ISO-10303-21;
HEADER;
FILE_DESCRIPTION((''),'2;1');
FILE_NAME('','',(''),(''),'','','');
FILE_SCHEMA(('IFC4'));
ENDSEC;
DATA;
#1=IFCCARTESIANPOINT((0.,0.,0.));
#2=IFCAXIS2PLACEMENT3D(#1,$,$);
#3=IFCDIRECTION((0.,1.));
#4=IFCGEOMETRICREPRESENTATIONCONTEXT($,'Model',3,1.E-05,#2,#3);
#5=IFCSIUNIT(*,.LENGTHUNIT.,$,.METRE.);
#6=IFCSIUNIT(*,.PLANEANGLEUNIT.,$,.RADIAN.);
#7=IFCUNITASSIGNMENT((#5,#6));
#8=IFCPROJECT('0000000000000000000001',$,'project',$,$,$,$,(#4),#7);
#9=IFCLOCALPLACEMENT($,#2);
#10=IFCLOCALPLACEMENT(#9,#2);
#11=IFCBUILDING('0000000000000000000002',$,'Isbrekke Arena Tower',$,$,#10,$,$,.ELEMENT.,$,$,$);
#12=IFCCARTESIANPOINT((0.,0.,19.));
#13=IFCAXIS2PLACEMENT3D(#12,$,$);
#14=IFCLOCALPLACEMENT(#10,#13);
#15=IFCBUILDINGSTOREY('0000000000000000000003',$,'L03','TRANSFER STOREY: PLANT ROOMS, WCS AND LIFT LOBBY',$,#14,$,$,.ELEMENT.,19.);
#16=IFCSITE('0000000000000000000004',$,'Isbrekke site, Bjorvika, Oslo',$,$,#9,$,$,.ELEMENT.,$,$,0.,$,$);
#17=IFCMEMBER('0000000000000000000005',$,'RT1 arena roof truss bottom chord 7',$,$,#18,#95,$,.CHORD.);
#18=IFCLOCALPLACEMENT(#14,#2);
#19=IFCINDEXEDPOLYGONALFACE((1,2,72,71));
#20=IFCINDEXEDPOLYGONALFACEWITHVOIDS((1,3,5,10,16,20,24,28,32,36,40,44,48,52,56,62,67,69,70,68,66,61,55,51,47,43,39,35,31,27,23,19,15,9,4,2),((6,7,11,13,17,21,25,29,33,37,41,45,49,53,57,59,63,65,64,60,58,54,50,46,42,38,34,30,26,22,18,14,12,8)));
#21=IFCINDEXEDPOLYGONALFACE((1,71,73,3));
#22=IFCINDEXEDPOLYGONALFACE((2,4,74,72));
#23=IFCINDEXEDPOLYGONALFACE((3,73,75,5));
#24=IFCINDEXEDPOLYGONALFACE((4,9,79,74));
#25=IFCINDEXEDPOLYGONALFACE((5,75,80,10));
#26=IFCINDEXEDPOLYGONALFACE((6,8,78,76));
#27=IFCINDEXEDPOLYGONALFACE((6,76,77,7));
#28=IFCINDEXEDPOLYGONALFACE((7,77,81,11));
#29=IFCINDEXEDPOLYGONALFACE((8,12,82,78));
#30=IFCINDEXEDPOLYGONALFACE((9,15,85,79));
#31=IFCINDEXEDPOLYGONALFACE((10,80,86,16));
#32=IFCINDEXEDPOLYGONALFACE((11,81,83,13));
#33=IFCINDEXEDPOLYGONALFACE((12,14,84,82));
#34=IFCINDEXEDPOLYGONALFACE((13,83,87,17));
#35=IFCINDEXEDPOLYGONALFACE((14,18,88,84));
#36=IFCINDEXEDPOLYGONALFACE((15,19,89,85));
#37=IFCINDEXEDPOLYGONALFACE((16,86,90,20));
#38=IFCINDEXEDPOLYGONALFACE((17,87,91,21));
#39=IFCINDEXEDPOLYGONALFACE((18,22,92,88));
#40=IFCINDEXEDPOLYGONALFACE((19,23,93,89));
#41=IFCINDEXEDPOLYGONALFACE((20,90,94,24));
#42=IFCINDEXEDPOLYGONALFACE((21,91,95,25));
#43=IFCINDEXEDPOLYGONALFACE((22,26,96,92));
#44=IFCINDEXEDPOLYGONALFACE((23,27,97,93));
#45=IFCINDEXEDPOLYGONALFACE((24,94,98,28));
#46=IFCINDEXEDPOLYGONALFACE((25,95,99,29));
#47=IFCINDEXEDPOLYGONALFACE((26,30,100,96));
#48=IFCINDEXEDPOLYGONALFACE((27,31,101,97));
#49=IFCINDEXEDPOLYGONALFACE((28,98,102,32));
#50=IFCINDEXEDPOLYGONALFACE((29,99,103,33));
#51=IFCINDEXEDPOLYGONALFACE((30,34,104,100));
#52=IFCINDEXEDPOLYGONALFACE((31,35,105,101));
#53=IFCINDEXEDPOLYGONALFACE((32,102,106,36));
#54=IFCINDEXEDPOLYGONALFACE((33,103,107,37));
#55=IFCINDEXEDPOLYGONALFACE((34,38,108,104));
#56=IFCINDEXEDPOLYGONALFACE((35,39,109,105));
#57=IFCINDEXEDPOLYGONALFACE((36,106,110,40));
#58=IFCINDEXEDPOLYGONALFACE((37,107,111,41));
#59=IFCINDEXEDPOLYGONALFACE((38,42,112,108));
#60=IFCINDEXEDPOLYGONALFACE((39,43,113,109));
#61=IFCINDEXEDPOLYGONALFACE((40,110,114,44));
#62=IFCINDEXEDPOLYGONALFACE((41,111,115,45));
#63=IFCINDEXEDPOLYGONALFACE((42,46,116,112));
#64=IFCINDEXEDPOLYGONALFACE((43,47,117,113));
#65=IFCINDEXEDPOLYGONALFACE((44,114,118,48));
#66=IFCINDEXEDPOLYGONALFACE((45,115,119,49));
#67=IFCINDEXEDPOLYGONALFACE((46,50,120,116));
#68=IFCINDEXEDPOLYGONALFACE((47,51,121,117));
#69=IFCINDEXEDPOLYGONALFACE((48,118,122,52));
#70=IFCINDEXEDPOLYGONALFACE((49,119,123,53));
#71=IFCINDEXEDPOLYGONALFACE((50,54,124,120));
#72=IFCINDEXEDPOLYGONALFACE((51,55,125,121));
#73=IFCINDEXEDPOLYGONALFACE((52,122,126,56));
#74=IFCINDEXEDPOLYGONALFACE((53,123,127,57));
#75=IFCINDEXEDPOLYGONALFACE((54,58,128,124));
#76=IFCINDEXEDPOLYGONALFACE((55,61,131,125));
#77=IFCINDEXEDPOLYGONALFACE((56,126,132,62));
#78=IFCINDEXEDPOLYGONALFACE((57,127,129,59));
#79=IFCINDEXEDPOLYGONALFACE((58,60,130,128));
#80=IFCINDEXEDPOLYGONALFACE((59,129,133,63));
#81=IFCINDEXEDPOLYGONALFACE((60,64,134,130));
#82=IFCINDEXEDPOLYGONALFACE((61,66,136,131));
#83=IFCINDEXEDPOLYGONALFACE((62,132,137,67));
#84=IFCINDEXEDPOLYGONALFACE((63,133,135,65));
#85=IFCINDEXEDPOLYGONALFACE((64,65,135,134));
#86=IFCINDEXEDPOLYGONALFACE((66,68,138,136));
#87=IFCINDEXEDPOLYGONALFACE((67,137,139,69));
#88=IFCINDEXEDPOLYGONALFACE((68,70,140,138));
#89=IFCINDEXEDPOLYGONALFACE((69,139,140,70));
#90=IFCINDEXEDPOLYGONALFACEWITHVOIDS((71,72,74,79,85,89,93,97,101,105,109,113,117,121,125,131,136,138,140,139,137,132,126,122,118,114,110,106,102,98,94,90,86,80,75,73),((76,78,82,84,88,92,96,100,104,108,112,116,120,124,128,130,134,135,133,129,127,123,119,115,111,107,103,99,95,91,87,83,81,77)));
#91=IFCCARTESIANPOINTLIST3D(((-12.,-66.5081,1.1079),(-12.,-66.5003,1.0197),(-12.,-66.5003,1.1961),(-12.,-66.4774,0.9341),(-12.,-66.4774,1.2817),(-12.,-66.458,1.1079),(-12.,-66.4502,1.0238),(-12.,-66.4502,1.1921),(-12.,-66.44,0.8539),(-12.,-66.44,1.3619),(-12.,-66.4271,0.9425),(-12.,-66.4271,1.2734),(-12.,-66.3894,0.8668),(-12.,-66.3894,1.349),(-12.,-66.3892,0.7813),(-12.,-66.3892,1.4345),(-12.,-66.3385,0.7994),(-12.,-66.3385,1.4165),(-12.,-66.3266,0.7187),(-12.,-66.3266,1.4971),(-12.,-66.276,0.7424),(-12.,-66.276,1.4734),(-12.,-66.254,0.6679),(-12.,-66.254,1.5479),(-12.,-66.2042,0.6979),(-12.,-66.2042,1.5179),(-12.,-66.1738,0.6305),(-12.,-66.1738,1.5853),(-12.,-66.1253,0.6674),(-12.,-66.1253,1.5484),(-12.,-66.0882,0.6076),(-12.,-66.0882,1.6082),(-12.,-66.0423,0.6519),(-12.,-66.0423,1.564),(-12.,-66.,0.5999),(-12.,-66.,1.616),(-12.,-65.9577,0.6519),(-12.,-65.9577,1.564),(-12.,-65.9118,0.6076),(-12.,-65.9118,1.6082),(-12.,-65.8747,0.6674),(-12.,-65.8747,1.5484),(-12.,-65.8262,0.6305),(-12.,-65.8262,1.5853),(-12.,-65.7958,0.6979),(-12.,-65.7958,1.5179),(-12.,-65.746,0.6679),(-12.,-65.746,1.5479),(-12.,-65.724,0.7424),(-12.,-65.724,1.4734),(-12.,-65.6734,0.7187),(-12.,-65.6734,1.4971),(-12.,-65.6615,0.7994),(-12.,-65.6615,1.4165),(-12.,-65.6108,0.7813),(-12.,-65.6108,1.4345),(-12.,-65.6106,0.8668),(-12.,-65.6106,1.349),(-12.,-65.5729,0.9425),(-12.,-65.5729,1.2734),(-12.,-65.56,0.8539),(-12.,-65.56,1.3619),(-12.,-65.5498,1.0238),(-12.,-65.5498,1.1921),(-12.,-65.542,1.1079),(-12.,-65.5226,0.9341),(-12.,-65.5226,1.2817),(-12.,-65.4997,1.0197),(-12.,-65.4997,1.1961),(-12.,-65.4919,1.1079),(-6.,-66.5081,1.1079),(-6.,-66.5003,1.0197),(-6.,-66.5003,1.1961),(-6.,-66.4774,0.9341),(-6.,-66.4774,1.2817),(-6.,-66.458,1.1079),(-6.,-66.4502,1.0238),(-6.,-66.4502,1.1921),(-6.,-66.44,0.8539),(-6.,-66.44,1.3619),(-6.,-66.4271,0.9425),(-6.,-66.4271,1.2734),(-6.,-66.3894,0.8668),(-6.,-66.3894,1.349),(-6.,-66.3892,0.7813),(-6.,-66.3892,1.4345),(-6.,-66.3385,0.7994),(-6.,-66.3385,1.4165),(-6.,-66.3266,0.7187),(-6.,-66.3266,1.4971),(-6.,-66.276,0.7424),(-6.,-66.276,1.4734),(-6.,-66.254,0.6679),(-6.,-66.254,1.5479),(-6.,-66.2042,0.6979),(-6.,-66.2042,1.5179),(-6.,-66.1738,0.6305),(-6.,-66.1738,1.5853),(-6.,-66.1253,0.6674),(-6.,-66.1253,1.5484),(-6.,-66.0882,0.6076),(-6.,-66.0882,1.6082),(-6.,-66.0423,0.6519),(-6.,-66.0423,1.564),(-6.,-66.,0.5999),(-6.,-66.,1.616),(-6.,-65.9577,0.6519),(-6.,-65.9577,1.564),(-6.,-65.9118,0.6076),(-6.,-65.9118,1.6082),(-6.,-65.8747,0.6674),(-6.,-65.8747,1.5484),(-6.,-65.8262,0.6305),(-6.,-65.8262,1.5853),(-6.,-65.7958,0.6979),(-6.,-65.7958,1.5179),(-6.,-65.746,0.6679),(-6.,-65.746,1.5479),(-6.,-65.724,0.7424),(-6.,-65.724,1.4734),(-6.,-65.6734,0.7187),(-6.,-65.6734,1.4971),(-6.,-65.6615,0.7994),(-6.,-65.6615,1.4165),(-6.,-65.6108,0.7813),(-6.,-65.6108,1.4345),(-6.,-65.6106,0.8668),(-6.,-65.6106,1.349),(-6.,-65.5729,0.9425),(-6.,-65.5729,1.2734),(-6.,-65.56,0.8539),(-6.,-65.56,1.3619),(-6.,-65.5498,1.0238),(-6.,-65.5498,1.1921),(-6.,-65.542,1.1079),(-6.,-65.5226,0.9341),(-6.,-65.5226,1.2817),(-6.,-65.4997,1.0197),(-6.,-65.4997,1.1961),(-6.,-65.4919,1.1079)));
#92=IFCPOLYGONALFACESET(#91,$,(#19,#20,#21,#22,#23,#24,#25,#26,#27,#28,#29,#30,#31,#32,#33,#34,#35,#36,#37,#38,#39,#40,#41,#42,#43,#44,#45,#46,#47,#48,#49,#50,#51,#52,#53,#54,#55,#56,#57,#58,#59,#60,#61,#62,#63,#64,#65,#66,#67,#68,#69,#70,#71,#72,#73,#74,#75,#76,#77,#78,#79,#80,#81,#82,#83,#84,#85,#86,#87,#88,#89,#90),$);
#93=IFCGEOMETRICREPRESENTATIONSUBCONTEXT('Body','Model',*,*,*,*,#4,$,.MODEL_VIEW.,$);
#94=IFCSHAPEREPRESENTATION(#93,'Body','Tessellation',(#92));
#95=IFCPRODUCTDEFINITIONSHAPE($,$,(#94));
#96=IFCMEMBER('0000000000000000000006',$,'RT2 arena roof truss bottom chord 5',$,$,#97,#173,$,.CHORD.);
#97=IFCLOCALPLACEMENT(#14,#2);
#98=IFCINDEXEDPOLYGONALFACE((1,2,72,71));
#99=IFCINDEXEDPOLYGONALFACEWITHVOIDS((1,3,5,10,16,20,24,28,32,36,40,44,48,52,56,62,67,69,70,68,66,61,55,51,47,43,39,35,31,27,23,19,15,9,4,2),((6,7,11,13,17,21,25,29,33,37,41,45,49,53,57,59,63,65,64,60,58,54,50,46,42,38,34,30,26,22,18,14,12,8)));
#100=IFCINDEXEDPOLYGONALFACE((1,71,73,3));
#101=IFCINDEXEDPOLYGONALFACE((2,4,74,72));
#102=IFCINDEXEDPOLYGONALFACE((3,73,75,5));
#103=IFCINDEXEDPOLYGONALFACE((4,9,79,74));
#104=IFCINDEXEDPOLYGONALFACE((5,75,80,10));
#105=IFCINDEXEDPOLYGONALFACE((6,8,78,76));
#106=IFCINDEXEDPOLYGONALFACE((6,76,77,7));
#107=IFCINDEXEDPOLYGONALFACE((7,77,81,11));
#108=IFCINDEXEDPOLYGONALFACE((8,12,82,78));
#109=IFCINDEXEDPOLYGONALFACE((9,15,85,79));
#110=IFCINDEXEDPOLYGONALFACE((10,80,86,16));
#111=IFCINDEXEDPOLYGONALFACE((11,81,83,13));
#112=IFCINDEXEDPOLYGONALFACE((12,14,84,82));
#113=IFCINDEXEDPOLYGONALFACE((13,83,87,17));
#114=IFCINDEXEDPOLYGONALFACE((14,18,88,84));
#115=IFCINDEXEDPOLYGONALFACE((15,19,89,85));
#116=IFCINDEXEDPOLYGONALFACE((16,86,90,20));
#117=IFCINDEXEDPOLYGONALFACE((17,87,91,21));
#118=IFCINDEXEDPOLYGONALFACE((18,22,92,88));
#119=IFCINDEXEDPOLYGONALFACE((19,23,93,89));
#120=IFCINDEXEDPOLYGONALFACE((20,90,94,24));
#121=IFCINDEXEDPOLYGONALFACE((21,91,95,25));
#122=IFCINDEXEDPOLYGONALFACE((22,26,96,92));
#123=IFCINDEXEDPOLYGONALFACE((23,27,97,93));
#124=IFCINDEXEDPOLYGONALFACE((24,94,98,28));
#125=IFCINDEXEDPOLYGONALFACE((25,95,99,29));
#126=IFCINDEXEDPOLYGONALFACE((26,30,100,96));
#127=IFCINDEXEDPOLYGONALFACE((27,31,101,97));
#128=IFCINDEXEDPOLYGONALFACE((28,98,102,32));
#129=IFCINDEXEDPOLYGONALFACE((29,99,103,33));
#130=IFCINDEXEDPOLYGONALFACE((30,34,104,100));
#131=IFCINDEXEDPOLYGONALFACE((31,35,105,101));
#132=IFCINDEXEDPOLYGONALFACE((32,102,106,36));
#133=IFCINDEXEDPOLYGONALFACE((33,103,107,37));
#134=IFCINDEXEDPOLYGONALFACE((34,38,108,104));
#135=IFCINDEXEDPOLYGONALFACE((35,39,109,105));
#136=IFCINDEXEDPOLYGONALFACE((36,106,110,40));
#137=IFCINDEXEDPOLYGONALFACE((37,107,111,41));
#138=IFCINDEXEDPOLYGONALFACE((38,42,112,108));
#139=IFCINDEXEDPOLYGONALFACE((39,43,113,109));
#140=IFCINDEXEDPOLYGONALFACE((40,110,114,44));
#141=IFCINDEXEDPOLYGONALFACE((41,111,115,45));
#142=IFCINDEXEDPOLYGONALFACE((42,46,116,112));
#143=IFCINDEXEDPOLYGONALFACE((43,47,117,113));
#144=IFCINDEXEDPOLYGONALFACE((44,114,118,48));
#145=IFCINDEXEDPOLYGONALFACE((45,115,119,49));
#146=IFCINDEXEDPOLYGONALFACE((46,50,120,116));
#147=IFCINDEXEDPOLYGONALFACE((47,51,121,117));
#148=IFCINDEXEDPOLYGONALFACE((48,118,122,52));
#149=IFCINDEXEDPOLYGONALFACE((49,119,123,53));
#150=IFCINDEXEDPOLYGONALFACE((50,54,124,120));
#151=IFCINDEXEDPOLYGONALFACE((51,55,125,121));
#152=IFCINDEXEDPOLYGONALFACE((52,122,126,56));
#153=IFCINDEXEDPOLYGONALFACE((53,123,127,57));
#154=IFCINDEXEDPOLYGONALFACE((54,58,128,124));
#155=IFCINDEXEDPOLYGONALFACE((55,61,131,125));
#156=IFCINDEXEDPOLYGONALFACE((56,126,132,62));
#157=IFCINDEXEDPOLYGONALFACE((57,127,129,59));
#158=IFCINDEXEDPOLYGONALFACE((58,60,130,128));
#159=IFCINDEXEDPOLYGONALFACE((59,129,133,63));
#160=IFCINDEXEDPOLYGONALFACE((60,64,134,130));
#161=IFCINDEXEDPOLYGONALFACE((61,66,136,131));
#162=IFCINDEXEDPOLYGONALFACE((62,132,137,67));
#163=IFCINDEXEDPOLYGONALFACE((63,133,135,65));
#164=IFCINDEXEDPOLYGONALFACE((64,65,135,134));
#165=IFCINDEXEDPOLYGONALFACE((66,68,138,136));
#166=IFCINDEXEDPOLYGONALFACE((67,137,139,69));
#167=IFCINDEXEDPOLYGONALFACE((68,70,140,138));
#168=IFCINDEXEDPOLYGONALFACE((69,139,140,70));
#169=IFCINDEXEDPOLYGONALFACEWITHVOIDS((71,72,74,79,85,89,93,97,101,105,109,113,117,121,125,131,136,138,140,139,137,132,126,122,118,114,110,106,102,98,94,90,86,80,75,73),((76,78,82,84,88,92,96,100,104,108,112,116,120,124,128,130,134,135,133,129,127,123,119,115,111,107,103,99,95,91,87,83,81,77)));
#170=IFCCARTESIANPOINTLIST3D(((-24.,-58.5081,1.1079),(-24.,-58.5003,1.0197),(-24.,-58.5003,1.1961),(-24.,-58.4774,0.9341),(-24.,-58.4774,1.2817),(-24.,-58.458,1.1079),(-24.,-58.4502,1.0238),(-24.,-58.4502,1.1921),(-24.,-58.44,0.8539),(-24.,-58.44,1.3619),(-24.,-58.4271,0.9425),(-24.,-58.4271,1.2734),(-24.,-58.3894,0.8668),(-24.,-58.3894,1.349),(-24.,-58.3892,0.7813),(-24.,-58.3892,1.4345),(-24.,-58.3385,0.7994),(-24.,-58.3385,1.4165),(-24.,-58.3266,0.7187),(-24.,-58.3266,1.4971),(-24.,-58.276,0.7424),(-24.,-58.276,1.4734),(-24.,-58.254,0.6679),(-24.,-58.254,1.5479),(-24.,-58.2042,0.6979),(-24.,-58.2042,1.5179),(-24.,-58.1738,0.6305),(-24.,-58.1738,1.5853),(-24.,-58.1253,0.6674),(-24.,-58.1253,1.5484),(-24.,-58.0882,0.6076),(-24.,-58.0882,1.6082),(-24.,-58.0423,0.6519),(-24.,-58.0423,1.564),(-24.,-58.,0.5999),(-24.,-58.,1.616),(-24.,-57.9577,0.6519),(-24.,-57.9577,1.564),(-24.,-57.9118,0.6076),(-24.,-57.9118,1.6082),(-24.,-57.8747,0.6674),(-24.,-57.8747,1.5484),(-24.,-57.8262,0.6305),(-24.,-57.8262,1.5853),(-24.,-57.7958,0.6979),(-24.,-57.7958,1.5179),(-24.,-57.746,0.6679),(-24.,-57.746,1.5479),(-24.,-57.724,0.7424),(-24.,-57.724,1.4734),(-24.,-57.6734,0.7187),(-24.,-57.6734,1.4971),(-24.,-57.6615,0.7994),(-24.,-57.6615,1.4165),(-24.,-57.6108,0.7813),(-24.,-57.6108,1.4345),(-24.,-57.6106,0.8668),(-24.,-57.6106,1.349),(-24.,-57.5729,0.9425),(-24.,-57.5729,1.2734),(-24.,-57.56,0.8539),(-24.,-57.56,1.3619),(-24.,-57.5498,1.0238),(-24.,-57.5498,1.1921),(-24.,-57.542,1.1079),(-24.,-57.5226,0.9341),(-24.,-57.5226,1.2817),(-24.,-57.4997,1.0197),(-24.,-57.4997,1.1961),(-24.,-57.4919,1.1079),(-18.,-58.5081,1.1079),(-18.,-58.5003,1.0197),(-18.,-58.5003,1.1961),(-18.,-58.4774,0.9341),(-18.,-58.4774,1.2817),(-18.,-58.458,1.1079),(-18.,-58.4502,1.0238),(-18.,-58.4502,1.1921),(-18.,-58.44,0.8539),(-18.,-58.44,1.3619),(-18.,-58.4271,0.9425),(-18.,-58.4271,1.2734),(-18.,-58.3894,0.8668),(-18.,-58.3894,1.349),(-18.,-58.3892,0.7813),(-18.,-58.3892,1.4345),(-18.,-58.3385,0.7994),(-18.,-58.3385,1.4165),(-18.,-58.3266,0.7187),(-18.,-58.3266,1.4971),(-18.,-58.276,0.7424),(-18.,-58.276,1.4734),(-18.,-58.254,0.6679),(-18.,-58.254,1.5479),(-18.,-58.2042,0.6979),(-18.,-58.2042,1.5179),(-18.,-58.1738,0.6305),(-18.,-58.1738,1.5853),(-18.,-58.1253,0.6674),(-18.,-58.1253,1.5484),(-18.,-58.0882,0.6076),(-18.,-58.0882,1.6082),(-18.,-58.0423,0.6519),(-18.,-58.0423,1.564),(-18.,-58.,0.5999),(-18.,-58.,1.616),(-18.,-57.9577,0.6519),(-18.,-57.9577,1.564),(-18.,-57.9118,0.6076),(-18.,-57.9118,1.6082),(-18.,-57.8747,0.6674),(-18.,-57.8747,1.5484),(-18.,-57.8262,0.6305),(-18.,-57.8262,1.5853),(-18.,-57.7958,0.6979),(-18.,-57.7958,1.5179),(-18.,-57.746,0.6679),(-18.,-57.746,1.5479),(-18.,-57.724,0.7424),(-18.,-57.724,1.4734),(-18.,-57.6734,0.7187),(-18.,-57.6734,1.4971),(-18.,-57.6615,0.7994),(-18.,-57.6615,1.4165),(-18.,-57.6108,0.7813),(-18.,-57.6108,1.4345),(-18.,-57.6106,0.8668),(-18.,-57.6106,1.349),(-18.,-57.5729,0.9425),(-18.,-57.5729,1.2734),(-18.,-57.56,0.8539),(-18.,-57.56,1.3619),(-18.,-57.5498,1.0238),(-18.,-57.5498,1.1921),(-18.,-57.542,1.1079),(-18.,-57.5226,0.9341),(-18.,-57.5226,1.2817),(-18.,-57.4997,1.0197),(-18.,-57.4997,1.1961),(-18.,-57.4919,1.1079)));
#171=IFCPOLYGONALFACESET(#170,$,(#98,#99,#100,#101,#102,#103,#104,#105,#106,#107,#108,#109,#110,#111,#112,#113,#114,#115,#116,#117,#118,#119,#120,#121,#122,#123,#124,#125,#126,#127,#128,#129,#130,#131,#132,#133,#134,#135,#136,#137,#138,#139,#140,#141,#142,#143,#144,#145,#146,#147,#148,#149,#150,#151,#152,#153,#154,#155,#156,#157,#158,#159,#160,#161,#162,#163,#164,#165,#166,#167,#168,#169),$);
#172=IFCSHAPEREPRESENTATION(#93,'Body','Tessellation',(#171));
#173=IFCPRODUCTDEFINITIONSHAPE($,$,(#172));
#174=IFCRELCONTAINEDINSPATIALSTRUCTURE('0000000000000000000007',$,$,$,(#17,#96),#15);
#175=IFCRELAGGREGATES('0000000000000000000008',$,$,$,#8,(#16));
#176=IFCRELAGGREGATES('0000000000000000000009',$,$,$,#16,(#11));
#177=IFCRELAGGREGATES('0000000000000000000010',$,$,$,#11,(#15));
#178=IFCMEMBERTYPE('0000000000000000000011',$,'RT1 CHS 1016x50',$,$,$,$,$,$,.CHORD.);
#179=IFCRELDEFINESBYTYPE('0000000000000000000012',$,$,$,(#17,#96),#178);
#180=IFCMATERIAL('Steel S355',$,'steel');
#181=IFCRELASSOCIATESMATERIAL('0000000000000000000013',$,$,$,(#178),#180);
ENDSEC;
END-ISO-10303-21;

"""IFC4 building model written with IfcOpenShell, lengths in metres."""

from ifc_helpers import new_model, si_unit, direction, frame, origin, origin_2d, place, context, subcontext, project, spatial, hollow_circle, extrude, material, material_profile, profile_set, type_object, element, save


model = new_model("IFC4")

# Units and contexts
model_context = context("Model", 3, precision=1e-05, world=origin(), true_north=direction((0.0, 1.0)))
body_context = subcontext(model_context, "Body", "Model", "MODEL_VIEW")
ifc_project = project(units=[si_unit("LENGTHUNIT", "METRE"), si_unit("PLANEANGLEUNIT", "RADIAN")], contexts=[model_context])

# Site, building, storey
site_placement = place(None, origin())
site = spatial("IfcSite", under=ifc_project, at=site_placement, Name="Isbrekke site, Bjorvika, Oslo", CompositionType="ELEMENT", RefElevation=0.0)
building_placement = place(site_placement, origin())
building = spatial("IfcBuilding", under=site, at=building_placement, Name="Isbrekke Arena Tower", CompositionType="ELEMENT")
storey_placement = place(building_placement, frame((0.0, 0.0, 19.0)))
storey = spatial("IfcBuildingStorey", under=building, at=storey_placement, Name="L03", Description="TRANSFER STOREY: PLANT ROOMS, WCS AND LIFT LOBBY", CompositionType="ELEMENT", Elevation=19.0)

# Members
ifc_material_1 = material(Name="Steel S355", Category="steel")
ifc_material_profile_1 = material_profile(ifc_material_1, hollow_circle(Radius=0.5081, WallThickness=0.05, at=origin_2d()), Name="CHS 1016x50")
ifc_profile_set_1 = profile_set([ifc_material_profile_1], Name="Steel S355")
member_type_1 = type_object("IfcMemberType", Name="RT1 CHS 1016x50", PredefinedType="CHORD", material=ifc_profile_set_1)
for number, where, z_axis, x_axis, name in (
    (1, (-12.0, -66.0, 1.1079), (1.0, 0.0, 0.0), (0.0, 1.0, 0.0), "RT1 arena roof truss bottom chord 7"),
    (2, (-24.0, -58.0, 1.1079), (1.0, 0.0, 0.0), (0.0, 1.0, 0.0), "RT2 arena roof truss bottom chord 5"),
):
    element("IfcMember", number, at=place(storey_placement, frame(where, z_axis=z_axis, x_axis=x_axis)), inside=storey, type_object=member_type_1, Name=name, PredefinedType="CHORD", context=body_context, shape_type="SweptSolid", body=[
        extrude(hollow_circle(Radius=0.5081, WallThickness=0.05, at=origin_2d()), origin(), (0.0, 0.0, 1.0), 6.0),
    ])

save(model, "model.ifc")
